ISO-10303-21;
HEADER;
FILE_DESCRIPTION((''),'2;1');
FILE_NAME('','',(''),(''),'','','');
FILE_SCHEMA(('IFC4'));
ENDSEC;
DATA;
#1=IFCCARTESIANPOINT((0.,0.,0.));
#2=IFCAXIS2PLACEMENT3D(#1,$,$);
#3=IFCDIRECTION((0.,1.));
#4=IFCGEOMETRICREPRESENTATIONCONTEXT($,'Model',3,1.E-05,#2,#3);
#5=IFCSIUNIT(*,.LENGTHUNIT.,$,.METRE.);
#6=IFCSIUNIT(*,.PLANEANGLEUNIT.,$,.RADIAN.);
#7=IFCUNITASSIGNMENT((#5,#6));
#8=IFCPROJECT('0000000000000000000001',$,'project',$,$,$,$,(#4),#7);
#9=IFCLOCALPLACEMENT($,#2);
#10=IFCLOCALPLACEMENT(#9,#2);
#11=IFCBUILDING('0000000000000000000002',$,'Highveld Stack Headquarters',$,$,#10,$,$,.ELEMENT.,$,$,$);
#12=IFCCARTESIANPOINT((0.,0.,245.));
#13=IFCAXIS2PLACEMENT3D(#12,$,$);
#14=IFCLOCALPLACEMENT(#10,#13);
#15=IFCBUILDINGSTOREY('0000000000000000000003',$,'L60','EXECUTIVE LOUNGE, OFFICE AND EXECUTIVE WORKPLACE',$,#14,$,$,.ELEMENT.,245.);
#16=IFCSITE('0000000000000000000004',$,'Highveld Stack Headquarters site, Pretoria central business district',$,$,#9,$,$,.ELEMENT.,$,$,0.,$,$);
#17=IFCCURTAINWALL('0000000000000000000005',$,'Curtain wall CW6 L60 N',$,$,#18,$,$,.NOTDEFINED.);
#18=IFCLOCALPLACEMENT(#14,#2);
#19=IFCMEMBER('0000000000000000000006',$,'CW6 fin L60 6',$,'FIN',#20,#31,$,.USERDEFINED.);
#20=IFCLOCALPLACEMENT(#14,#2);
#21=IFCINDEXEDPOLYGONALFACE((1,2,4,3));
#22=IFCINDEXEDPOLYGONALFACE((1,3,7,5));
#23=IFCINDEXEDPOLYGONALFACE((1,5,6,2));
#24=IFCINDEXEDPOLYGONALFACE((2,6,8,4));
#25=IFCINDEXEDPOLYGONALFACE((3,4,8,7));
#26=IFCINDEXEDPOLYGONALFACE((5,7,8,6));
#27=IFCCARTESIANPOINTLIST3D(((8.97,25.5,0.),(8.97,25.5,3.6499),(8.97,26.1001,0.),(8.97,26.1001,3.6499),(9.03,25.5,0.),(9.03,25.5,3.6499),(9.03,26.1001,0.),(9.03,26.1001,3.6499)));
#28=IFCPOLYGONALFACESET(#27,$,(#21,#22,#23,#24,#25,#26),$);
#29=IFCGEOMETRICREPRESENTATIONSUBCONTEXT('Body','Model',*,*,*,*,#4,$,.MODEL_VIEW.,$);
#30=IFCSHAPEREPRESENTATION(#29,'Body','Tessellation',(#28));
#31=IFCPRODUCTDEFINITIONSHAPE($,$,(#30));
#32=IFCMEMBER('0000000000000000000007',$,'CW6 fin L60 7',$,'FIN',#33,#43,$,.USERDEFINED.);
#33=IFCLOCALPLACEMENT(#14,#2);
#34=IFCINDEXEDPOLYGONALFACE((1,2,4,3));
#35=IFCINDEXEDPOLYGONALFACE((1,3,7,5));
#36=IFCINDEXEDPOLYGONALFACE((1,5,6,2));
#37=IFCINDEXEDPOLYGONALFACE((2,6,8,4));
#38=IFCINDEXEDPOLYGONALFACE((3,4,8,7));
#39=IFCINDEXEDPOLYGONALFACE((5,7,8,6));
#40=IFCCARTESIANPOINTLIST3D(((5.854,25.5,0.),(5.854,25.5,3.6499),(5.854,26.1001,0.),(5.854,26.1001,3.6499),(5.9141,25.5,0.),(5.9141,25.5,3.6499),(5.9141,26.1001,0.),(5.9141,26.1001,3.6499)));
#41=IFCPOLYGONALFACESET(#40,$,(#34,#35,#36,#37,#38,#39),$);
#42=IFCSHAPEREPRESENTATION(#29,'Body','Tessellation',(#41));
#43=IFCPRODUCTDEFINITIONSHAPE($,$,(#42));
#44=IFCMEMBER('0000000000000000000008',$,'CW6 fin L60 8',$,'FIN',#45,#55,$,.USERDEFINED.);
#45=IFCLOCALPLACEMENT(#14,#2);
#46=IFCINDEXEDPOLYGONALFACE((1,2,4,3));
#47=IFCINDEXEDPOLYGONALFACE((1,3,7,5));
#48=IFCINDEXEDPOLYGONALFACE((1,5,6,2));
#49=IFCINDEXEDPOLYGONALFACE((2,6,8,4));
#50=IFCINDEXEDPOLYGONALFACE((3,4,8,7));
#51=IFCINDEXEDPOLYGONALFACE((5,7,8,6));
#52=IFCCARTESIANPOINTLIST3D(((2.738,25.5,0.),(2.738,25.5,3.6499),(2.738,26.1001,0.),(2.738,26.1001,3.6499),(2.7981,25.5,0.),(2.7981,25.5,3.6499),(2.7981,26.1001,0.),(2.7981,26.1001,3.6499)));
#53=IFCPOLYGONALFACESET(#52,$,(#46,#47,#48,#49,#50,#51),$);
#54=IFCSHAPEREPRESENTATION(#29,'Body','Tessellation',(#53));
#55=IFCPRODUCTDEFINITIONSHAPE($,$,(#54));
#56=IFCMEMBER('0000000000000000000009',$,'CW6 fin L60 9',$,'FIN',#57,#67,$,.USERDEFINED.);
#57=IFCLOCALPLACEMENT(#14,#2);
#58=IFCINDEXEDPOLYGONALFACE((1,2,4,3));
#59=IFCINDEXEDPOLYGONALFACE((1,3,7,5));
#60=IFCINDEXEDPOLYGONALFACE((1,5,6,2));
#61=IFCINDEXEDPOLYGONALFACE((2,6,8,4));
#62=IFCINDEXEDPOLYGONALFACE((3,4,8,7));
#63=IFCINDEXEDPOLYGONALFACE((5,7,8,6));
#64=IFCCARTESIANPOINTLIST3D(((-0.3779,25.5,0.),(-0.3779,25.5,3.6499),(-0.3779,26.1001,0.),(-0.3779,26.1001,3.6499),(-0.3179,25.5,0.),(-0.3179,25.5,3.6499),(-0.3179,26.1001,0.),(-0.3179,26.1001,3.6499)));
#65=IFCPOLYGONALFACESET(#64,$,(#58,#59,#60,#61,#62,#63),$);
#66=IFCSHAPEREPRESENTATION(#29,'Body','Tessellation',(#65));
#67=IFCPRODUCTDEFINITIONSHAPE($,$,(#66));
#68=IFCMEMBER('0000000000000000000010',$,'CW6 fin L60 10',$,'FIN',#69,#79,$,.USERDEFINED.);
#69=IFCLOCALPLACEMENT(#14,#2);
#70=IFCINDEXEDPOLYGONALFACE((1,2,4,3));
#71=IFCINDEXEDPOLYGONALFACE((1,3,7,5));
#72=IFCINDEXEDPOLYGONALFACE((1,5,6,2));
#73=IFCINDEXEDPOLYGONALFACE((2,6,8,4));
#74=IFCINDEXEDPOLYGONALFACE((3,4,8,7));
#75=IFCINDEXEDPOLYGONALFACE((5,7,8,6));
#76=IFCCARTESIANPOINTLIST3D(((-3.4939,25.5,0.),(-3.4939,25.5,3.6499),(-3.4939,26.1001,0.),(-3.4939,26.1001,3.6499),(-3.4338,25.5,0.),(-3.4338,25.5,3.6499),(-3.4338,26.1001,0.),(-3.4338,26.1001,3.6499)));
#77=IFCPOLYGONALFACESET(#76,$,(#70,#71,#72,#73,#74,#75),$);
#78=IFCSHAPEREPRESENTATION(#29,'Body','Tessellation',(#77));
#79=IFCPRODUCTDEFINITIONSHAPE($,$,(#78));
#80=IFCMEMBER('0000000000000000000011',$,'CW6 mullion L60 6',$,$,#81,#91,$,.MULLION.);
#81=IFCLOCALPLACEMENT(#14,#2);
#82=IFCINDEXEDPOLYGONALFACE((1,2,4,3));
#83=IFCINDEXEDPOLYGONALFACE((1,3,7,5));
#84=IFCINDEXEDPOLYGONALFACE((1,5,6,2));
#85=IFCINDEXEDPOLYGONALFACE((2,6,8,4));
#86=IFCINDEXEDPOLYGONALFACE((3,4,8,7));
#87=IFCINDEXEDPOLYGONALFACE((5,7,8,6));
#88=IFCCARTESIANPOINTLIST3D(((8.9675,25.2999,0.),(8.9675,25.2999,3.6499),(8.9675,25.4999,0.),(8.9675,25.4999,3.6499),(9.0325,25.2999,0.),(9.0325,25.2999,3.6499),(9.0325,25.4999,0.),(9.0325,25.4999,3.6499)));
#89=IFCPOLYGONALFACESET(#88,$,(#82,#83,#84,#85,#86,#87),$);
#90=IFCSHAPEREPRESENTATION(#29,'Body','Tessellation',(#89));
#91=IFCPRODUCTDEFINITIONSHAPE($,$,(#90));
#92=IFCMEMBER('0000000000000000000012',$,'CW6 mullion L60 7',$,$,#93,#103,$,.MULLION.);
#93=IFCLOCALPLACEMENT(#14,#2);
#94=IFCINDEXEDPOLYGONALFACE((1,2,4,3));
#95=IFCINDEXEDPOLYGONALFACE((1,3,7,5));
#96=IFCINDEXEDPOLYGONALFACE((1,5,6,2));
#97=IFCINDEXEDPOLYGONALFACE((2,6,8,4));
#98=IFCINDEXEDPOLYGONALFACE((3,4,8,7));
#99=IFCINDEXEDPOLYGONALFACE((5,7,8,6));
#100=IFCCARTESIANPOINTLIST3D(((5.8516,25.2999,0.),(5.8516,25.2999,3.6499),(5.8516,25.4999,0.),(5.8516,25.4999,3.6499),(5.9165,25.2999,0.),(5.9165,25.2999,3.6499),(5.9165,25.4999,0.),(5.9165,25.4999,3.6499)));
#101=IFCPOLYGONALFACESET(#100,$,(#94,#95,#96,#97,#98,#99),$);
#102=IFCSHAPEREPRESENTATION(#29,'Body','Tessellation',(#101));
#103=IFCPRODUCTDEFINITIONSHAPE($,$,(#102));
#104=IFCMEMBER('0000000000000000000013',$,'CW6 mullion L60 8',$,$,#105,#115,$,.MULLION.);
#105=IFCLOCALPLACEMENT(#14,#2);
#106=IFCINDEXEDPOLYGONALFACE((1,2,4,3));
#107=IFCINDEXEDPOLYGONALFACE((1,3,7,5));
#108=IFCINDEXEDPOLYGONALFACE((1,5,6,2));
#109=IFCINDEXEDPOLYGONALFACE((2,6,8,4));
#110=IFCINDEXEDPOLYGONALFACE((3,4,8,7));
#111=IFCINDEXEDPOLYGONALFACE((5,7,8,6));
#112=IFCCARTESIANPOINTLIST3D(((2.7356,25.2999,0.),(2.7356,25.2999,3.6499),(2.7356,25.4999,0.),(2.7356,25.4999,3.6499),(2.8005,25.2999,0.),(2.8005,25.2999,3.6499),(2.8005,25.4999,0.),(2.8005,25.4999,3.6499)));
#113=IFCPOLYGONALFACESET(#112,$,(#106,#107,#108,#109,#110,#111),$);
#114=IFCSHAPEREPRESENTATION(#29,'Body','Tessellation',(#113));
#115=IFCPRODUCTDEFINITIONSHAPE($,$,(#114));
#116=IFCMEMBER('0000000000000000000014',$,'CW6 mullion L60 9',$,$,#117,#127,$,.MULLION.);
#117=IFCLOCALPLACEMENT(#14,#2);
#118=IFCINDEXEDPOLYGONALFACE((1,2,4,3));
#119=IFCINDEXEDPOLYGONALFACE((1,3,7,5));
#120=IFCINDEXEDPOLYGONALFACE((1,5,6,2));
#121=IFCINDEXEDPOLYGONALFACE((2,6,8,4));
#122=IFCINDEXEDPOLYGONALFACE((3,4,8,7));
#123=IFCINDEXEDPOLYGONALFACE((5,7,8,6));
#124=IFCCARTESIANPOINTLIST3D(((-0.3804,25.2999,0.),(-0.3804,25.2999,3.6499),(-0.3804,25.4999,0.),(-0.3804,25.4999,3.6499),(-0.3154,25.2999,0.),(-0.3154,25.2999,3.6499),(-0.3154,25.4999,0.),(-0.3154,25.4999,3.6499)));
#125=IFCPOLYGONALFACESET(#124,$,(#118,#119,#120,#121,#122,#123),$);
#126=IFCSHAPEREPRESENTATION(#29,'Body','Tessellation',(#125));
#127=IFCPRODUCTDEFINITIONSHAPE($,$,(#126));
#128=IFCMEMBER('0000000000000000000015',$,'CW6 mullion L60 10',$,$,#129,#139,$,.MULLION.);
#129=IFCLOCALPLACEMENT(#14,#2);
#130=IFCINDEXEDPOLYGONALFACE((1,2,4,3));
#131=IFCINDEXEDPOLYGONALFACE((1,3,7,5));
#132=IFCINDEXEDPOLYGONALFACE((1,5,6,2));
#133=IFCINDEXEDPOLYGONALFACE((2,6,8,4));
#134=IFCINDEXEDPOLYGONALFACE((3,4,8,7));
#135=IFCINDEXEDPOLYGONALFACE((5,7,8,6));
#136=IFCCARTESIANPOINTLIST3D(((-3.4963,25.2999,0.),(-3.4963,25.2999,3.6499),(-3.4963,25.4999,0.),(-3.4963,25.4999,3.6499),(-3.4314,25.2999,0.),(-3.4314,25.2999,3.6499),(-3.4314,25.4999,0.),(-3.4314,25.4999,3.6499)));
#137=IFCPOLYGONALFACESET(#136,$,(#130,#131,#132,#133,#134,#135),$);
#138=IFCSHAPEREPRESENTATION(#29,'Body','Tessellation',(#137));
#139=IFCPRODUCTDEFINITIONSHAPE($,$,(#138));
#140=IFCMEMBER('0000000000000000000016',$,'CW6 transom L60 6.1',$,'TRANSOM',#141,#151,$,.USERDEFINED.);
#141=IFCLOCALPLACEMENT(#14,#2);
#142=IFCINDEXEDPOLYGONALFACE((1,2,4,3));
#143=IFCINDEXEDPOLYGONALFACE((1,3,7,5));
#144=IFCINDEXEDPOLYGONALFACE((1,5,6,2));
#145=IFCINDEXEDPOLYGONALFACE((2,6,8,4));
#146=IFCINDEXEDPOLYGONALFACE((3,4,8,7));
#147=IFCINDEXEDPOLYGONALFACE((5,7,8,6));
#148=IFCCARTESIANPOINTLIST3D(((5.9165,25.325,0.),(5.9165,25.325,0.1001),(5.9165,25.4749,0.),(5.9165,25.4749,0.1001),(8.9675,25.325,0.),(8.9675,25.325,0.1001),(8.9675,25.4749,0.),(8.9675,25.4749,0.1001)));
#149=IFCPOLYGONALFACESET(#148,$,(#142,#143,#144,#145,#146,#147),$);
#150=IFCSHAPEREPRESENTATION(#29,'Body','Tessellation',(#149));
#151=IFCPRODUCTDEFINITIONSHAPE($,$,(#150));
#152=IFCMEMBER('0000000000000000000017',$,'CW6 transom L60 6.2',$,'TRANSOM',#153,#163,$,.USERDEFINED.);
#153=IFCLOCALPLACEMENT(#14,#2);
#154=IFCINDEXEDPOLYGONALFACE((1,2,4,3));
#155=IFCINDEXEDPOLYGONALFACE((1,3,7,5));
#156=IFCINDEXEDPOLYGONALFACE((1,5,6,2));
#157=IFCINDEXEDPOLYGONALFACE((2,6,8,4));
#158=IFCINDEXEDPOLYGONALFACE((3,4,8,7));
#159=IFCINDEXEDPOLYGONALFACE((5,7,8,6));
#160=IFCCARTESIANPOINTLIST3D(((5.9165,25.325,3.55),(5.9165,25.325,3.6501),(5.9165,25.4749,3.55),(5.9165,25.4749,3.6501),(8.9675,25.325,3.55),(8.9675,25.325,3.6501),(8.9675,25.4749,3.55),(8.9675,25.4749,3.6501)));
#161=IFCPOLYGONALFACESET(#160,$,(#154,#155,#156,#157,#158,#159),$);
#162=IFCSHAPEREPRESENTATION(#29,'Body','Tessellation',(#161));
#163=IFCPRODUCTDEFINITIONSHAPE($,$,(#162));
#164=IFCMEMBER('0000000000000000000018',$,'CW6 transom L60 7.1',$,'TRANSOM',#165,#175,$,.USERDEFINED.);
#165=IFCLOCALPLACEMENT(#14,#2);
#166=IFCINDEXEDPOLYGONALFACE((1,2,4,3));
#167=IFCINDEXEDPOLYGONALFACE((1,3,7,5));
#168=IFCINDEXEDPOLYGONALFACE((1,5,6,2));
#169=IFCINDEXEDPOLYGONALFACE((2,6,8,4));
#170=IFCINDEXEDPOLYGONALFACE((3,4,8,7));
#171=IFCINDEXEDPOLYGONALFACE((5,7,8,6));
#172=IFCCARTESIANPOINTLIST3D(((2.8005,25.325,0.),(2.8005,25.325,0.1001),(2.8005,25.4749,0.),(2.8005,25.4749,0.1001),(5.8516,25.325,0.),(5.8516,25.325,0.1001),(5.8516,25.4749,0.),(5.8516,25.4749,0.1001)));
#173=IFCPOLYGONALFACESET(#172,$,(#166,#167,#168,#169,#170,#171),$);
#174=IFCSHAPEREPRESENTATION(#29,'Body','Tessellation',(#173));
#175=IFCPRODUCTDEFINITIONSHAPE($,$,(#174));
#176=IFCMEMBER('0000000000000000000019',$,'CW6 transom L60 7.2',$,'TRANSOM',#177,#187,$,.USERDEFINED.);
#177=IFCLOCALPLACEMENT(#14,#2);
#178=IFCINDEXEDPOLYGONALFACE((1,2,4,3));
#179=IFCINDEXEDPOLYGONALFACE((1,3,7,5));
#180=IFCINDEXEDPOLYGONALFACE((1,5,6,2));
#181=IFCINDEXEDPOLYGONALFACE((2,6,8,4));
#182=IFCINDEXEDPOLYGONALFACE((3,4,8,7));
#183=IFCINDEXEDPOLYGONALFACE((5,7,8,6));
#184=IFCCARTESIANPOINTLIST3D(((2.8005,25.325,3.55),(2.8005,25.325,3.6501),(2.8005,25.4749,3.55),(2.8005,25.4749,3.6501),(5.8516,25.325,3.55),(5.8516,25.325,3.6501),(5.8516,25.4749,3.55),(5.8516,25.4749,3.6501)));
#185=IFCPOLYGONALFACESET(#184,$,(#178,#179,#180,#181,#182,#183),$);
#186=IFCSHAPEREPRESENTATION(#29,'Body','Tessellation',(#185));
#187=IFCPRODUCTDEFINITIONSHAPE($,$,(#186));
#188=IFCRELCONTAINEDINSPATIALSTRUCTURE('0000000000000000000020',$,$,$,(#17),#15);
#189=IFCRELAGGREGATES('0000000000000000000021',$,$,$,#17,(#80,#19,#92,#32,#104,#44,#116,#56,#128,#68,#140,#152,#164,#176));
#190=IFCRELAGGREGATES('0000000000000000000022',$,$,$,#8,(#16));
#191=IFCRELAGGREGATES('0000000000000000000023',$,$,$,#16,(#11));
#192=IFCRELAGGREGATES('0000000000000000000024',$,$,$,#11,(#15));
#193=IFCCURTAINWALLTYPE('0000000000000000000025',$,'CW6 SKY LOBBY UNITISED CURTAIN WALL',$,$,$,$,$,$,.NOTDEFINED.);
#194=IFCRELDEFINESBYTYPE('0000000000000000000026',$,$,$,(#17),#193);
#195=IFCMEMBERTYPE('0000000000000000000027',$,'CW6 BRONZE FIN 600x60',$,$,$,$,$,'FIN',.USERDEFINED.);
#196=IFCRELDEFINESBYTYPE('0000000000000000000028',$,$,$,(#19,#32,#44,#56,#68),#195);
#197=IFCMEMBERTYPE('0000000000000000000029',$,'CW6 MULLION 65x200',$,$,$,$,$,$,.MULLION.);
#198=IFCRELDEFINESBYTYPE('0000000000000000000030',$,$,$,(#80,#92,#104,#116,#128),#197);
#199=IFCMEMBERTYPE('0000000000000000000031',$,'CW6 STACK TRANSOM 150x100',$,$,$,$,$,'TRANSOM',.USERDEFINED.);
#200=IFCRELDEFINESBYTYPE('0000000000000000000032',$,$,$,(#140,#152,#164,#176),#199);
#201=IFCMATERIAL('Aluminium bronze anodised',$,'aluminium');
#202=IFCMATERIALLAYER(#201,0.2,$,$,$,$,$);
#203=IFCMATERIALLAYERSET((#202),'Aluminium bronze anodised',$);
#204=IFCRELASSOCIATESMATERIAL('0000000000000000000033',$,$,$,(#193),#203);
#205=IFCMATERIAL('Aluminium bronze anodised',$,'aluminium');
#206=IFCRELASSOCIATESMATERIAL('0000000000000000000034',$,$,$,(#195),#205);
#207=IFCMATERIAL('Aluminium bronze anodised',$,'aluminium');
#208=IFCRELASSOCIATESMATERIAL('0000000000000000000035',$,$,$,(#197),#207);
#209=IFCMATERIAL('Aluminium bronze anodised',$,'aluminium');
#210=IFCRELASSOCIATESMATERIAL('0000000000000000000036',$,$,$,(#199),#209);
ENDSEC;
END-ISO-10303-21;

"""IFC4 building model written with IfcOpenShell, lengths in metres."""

from ifc_helpers import new_model, si_unit, direction, frame, origin, origin_2d, place, context, subcontext, project, spatial, rectangle, extrude, material, layer, layer_set, material_profile, profile_set, type_object, element, aggregate, save


model = new_model("IFC4")

# Units and contexts
model_context = context("Model", 3, precision=1e-05, world=origin(), true_north=direction((0.0, 1.0)))
body_context = subcontext(model_context, "Body", "Model", "MODEL_VIEW")
ifc_project = project(units=[si_unit("LENGTHUNIT", "METRE"), si_unit("PLANEANGLEUNIT", "RADIAN")], contexts=[model_context])

# Site, building, storey
site_placement = place(None, origin())
site = spatial("IfcSite", under=ifc_project, at=site_placement, Name="Highveld Stack Headquarters site, Pretoria central business district", CompositionType="ELEMENT", RefElevation=0.0)
building_placement = place(site_placement, origin())
building = spatial("IfcBuilding", under=site, at=building_placement, Name="Highveld Stack Headquarters", CompositionType="ELEMENT")
storey_placement = place(building_placement, frame((0.0, 0.0, 245.0)))
storey = spatial("IfcBuildingStorey", under=building, at=storey_placement, Name="L60", Description="EXECUTIVE LOUNGE, OFFICE AND EXECUTIVE WORKPLACE", CompositionType="ELEMENT", Elevation=245.0)

# Curtain wall, members
ifc_material_1 = material(Name="Aluminium bronze anodised", Category="aluminium")
ifc_layer_1 = layer(ifc_material_1, 0.2)
ifc_layer_set_1 = layer_set([ifc_layer_1], Name="Aluminium bronze anodised")
curtain_wall_type = type_object("IfcCurtainWallType", Name="CW6 SKY LOBBY UNITISED CURTAIN WALL", PredefinedType="NOTDEFINED", material=ifc_layer_set_1)
curtain_wall_placement = place(storey_placement, origin())
curtain_wall = element("IfcCurtainWall", 1, at=curtain_wall_placement, inside=storey, type_object=curtain_wall_type, Name="Curtain wall CW6 L60 N", PredefinedType="NOTDEFINED")
ifc_material_2 = material(Name="Aluminium bronze anodised", Category="aluminium")
ifc_material_profile_1 = material_profile(ifc_material_2, rectangle(XDim=0.6001, YDim=0.0601, at=origin_2d()), Name="FIN 600x60")
ifc_profile_set_1 = profile_set([ifc_material_profile_1], Name="Aluminium bronze anodised")
member_type_1 = type_object("IfcMemberType", Name="CW6 BRONZE FIN 600x60", ElementType="FIN", PredefinedType="USERDEFINED", material=ifc_profile_set_1)
member_1_placement = place(storey_placement, frame((9.0, 25.8, 0.0), z_axis=(0.0, 0.0, 1.0), x_axis=(0.0, -1.0, 0.0)))
member_1 = element("IfcMember", 2, at=member_1_placement, type_object=member_type_1, Name="CW6 fin L60 6", ObjectType="FIN", PredefinedType="USERDEFINED", context=body_context, shape_type="SweptSolid", body=[
    extrude(rectangle(XDim=0.6001, YDim=0.0601, at=origin_2d()), origin(), (0.0, 0.0, 1.0), 3.6499),
])
member_2_placement = place(storey_placement, frame((5.884, 25.8, 0.0), z_axis=(0.0, 0.0, 1.0), x_axis=(0.0, -1.0, 0.0)))
member_2 = element("IfcMember", 3, at=member_2_placement, type_object=member_type_1, Name="CW6 fin L60 7", ObjectType="FIN", PredefinedType="USERDEFINED", context=body_context, shape_type="SweptSolid", body=[
    extrude(rectangle(XDim=0.6001, YDim=0.0601, at=origin_2d()), origin(), (0.0, 0.0, 1.0), 3.6499),
])
member_3_placement = place(storey_placement, frame((2.7681, 25.8, 0.0), z_axis=(0.0, 0.0, 1.0), x_axis=(0.0, -1.0, 0.0)))
member_3 = element("IfcMember", 4, at=member_3_placement, type_object=member_type_1, Name="CW6 fin L60 8", ObjectType="FIN", PredefinedType="USERDEFINED", context=body_context, shape_type="SweptSolid", body=[
    extrude(rectangle(XDim=0.6001, YDim=0.0601, at=origin_2d()), origin(), (0.0, 0.0, 1.0), 3.6499),
])
member_4_placement = place(storey_placement, frame((-0.3479, 25.8, 0.0), z_axis=(0.0, 0.0, 1.0), x_axis=(0.0, -1.0, 0.0)))
member_4 = element("IfcMember", 5, at=member_4_placement, type_object=member_type_1, Name="CW6 fin L60 9", ObjectType="FIN", PredefinedType="USERDEFINED", context=body_context, shape_type="SweptSolid", body=[
    extrude(rectangle(XDim=0.6001, YDim=0.0601, at=origin_2d()), origin(), (0.0, 0.0, 1.0), 3.6499),
])
member_5_placement = place(storey_placement, frame((-3.4639, 25.8, 0.0), z_axis=(0.0, 0.0, 1.0), x_axis=(0.0, -1.0, 0.0)))
member_5 = element("IfcMember", 6, at=member_5_placement, type_object=member_type_1, Name="CW6 fin L60 10", ObjectType="FIN", PredefinedType="USERDEFINED", context=body_context, shape_type="SweptSolid", body=[
    extrude(rectangle(XDim=0.6001, YDim=0.0601, at=origin_2d()), origin(), (0.0, 0.0, 1.0), 3.6499),
])
ifc_material_3 = material(Name="Aluminium bronze anodised", Category="aluminium")
ifc_material_profile_2 = material_profile(ifc_material_3, rectangle(XDim=0.2, YDim=0.0649, at=origin_2d()), Name="CW6 MULLION 65x200")
ifc_profile_set_2 = profile_set([ifc_material_profile_2], Name="Aluminium bronze anodised")
member_type_2 = type_object("IfcMemberType", Name="CW6 MULLION 65x200", PredefinedType="MULLION", material=ifc_profile_set_2)
member_6_placement = place(storey_placement, frame((9.0, 25.3999, 0.0), z_axis=(0.0, 0.0, 1.0), x_axis=(0.0, -1.0, 0.0)))
member_6 = element("IfcMember", 7, at=member_6_placement, type_object=member_type_2, Name="CW6 mullion L60 6", PredefinedType="MULLION", context=body_context, shape_type="SweptSolid", body=[
    extrude(rectangle(XDim=0.2, YDim=0.0649, at=origin_2d()), origin(), (0.0, 0.0, 1.0), 3.6499),
])
member_7_placement = place(storey_placement, frame((5.884, 25.3999, 0.0), z_axis=(0.0, 0.0, 1.0), x_axis=(0.0, -1.0, 0.0)))
member_7 = element("IfcMember", 8, at=member_7_placement, type_object=member_type_2, Name="CW6 mullion L60 7", PredefinedType="MULLION", context=body_context, shape_type="SweptSolid", body=[
    extrude(rectangle(XDim=0.2, YDim=0.0649, at=origin_2d()), origin(), (0.0, 0.0, 1.0), 3.6499),
])
member_8_placement = place(storey_placement, frame((2.7681, 25.3999, 0.0), z_axis=(0.0, 0.0, 1.0), x_axis=(0.0, -1.0, 0.0)))
member_8 = element("IfcMember", 9, at=member_8_placement, type_object=member_type_2, Name="CW6 mullion L60 8", PredefinedType="MULLION", context=body_context, shape_type="SweptSolid", body=[
    extrude(rectangle(XDim=0.2, YDim=0.0649, at=origin_2d()), origin(), (0.0, 0.0, 1.0), 3.6499),
])
member_9_placement = place(storey_placement, frame((-0.3479, 25.3999, 0.0), z_axis=(0.0, 0.0, 1.0), x_axis=(0.0, -1.0, 0.0)))
member_9 = element("IfcMember", 10, at=member_9_placement, type_object=member_type_2, Name="CW6 mullion L60 9", PredefinedType="MULLION", context=body_context, shape_type="SweptSolid", body=[
    extrude(rectangle(XDim=0.2, YDim=0.0649, at=origin_2d()), origin(), (0.0, 0.0, 1.0), 3.6499),
])
member_10_placement = place(storey_placement, frame((-3.4639, 25.3999, 0.0), z_axis=(0.0, 0.0, 1.0), x_axis=(0.0, -1.0, 0.0)))
member_10 = element("IfcMember", 11, at=member_10_placement, type_object=member_type_2, Name="CW6 mullion L60 10", PredefinedType="MULLION", context=body_context, shape_type="SweptSolid", body=[
    extrude(rectangle(XDim=0.2, YDim=0.0649, at=origin_2d()), origin(), (0.0, 0.0, 1.0), 3.6499),
])
ifc_material_4 = material(Name="Aluminium bronze anodised", Category="aluminium")
ifc_material_profile_3 = material_profile(ifc_material_4, rectangle(XDim=0.1499, YDim=0.1001, at=origin_2d()), Name="CW6 TRANSOM 150x100")
ifc_profile_set_3 = profile_set([ifc_material_profile_3], Name="Aluminium bronze anodised")
member_type_3 = type_object("IfcMemberType", Name="CW6 STACK TRANSOM 150x100", ElementType="TRANSOM", PredefinedType="USERDEFINED", material=ifc_profile_set_3)
member_11_placement = place(storey_placement, frame((8.9675, 25.3999, 0.05), z_axis=(-1.0, 0.0, 0.0), x_axis=(0.0, -1.0, 0.0)))
member_11 = element("IfcMember", 12, at=member_11_placement, type_object=member_type_3, Name="CW6 transom L60 6.1", ObjectType="TRANSOM", PredefinedType="USERDEFINED", context=body_context, shape_type="SweptSolid", body=[
    extrude(rectangle(XDim=0.1499, YDim=0.1001, at=origin_2d()), origin(), (0.0, 0.0, 1.0), 3.051),
])
member_12_placement = place(storey_placement, frame((8.9675, 25.3999, 3.6001), z_axis=(-1.0, 0.0, 0.0), x_axis=(0.0, -1.0, 0.0)))
member_12 = element("IfcMember", 13, at=member_12_placement, type_object=member_type_3, Name="CW6 transom L60 6.2", ObjectType="TRANSOM", PredefinedType="USERDEFINED", context=body_context, shape_type="SweptSolid", body=[
    extrude(rectangle(XDim=0.1499, YDim=0.1001, at=origin_2d()), origin(), (0.0, 0.0, 1.0), 3.051),
])
member_13_placement = place(storey_placement, frame((5.8516, 25.3999, 0.05), z_axis=(-1.0, 0.0, 0.0), x_axis=(0.0, -1.0, 0.0)))
member_13 = element("IfcMember", 14, at=member_13_placement, type_object=member_type_3, Name="CW6 transom L60 7.1", ObjectType="TRANSOM", PredefinedType="USERDEFINED", context=body_context, shape_type="SweptSolid", body=[
    extrude(rectangle(XDim=0.1499, YDim=0.1001, at=origin_2d()), origin(), (0.0, 0.0, 1.0), 3.051),
])
member_14_placement = place(storey_placement, frame((5.8516, 25.3999, 3.6001), z_axis=(-1.0, 0.0, 0.0), x_axis=(0.0, -1.0, 0.0)))
member_14 = element("IfcMember", 15, at=member_14_placement, type_object=member_type_3, Name="CW6 transom L60 7.2", ObjectType="TRANSOM", PredefinedType="USERDEFINED", context=body_context, shape_type="SweptSolid", body=[
    extrude(rectangle(XDim=0.1499, YDim=0.1001, at=origin_2d()), origin(), (0.0, 0.0, 1.0), 3.051),
])
aggregate(curtain_wall, [member_6, member_1, member_7, member_2, member_8, member_3, member_9, member_4, member_10, member_5, member_11, member_12, member_13, member_14])

save(model, "model.ifc")
